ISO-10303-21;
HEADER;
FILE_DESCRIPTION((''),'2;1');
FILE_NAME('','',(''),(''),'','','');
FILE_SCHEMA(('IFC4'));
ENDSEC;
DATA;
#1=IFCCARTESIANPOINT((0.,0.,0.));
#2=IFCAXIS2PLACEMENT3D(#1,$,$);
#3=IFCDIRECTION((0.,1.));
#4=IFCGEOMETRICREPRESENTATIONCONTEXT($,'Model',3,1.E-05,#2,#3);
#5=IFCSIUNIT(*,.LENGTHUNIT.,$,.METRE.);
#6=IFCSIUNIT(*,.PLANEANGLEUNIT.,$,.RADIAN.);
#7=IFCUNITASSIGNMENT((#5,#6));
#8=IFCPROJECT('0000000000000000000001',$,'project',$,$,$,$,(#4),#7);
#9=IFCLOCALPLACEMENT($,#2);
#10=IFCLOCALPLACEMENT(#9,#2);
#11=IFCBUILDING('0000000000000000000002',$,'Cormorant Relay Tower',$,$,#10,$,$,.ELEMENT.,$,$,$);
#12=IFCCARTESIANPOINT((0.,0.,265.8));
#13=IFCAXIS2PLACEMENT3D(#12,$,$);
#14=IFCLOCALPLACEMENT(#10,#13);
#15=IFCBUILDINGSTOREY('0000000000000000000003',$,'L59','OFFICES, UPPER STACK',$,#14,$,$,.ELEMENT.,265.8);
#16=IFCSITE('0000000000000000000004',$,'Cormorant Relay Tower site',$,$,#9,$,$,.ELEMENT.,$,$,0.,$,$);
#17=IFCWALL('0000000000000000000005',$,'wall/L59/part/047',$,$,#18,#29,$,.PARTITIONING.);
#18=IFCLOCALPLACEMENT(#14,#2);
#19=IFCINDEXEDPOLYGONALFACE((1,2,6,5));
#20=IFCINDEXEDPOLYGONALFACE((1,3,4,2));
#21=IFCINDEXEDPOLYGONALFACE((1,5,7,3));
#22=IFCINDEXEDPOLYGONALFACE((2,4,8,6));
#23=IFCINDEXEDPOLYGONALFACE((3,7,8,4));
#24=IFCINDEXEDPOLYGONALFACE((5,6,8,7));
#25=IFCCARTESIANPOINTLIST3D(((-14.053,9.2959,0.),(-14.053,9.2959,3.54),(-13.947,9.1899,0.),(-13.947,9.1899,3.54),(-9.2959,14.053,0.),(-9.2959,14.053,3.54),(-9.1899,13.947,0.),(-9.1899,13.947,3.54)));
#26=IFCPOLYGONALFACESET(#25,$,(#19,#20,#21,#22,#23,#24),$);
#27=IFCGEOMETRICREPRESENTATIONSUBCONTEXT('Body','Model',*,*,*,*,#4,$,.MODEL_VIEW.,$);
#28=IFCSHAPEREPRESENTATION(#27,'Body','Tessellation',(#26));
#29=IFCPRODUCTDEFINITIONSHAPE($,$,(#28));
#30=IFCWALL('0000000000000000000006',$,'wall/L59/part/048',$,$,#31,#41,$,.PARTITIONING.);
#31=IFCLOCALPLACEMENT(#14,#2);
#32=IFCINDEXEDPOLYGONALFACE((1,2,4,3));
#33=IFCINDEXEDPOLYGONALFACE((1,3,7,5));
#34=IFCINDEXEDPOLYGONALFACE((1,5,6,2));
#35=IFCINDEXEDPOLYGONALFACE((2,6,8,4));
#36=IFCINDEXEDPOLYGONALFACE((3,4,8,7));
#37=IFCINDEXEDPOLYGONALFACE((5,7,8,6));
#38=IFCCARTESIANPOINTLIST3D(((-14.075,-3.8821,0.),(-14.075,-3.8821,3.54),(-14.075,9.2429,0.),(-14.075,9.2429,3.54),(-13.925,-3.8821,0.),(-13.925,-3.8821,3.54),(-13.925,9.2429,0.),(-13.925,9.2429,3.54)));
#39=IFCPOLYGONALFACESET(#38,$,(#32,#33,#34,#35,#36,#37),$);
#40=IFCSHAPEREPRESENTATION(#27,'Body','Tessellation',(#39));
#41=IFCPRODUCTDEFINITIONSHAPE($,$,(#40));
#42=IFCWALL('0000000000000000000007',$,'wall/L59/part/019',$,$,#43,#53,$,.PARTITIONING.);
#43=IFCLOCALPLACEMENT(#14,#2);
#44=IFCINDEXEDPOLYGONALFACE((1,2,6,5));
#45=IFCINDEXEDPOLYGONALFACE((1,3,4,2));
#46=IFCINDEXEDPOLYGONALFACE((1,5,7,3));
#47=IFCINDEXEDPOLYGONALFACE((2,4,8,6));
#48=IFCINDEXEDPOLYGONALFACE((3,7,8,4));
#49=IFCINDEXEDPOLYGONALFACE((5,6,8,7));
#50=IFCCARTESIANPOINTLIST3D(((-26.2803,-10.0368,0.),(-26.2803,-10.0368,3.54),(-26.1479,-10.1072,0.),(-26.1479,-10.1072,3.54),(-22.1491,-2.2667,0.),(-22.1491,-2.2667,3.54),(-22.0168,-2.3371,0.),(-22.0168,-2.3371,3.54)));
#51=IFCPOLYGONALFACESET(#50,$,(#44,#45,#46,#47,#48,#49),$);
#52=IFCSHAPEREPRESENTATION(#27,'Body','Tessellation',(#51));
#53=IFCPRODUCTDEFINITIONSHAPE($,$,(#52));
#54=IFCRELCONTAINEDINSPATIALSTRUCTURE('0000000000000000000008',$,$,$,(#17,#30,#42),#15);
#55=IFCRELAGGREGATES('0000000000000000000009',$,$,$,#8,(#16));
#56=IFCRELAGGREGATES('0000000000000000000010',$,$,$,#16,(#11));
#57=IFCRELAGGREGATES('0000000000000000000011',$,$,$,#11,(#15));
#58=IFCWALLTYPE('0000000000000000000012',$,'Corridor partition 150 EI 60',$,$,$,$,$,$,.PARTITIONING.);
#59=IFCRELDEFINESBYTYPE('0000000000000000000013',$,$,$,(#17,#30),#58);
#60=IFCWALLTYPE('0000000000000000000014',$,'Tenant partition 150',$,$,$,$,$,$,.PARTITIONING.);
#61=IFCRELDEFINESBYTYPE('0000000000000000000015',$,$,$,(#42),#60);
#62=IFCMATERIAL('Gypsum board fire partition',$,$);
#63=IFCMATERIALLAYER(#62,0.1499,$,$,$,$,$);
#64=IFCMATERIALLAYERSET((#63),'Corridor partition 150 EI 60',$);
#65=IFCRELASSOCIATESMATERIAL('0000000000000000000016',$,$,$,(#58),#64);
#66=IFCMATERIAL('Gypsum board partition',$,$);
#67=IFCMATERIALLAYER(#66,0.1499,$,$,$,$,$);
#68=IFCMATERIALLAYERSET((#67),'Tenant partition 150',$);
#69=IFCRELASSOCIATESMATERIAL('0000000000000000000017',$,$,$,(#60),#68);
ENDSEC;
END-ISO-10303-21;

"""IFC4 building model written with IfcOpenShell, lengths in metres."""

from ifc_helpers import new_model, si_unit, direction, frame, frame_2d, origin, place, context, subcontext, project, spatial, rectangle, extrude, material, layer, layer_set, type_object, element, save


model = new_model("IFC4")

# Units and contexts
model_context = context("Model", 3, precision=1e-05, world=origin(), true_north=direction((0.0, 1.0)))
body_context = subcontext(model_context, "Body", "Model", "MODEL_VIEW")
ifc_project = project(units=[si_unit("LENGTHUNIT", "METRE"), si_unit("PLANEANGLEUNIT", "RADIAN")], contexts=[model_context])

# Site, building, storey
site_placement = place(None, origin())
site = spatial("IfcSite", under=ifc_project, at=site_placement, Name="Cormorant Relay Tower site", CompositionType="ELEMENT", RefElevation=0.0)
building_placement = place(site_placement, origin())
building = spatial("IfcBuilding", under=site, at=building_placement, Name="Cormorant Relay Tower", CompositionType="ELEMENT")
storey_placement = place(building_placement, frame((0.0, 0.0, 265.8)))
storey = spatial("IfcBuildingStorey", under=building, at=storey_placement, Name="L59", Description="OFFICES, UPPER STACK", CompositionType="ELEMENT", Elevation=265.8)

# Shared definitions
ifc_material_1 = material(Name="Gypsum board fire partition")
ifc_layer_1 = layer(ifc_material_1, 0.1499)
ifc_layer_set_1 = layer_set([ifc_layer_1], Name="Corridor partition 150 EI 60")
wall_type_1 = type_object("IfcWallType", Name="Corridor partition 150 EI 60", PredefinedType="PARTITIONING", material=ifc_layer_set_1)

# Walls
wall_1_placement = place(storey_placement, frame((-9.2429, 14.0, 0.0), z_axis=(0.0, 0.0, 1.0), x_axis=(-0.707107, -0.707107, 0.0)))
element("IfcWall", 1, at=wall_1_placement, inside=storey, type_object=wall_type_1, Name="wall/L59/part/047", PredefinedType="PARTITIONING", context=body_context, shape_type="SweptSolid", body=[
    extrude(rectangle(XDim=6.7275, YDim=0.1499, at=frame_2d((3.3638, 0.0))), origin(), (0.0, 0.0, 1.0), 3.54),
])
wall_2_placement = place(storey_placement, frame((-14.0, 9.2429, 0.0), z_axis=(0.0, 0.0, 1.0), x_axis=(0.0, -1.0, 0.0)))
element("IfcWall", 2, at=wall_2_placement, inside=storey, type_object=wall_type_1, Name="wall/L59/part/048", PredefinedType="PARTITIONING", context=body_context, shape_type="SweptSolid", body=[
    extrude(rectangle(XDim=13.125, YDim=0.1499, at=frame_2d((6.5625, 0.0))), origin(), (0.0, 0.0, 1.0), 3.54),
])
ifc_material_2 = material(Name="Gypsum board partition")
ifc_layer_2 = layer(ifc_material_2, 0.1499)
ifc_layer_set_2 = layer_set([ifc_layer_2], Name="Tenant partition 150")
wall_type_2 = type_object("IfcWallType", Name="Tenant partition 150", PredefinedType="PARTITIONING", material=ifc_layer_set_2)
wall_3_placement = place(storey_placement, frame((-22.083, -2.302, 0.0), z_axis=(0.0, 0.0, 1.0), x_axis=(-0.469446, -0.882961, 0.0)))
element("IfcWall", 3, at=wall_3_placement, inside=storey, type_object=wall_type_2, Name="wall/L59/part/019", PredefinedType="PARTITIONING", context=body_context, shape_type="SweptSolid", body=[
    extrude(rectangle(XDim=8.8, YDim=0.1499, at=frame_2d((4.3999, 0.0))), origin(), (0.0, 0.0, 1.0), 3.54),
])

save(model, "model.ifc")
